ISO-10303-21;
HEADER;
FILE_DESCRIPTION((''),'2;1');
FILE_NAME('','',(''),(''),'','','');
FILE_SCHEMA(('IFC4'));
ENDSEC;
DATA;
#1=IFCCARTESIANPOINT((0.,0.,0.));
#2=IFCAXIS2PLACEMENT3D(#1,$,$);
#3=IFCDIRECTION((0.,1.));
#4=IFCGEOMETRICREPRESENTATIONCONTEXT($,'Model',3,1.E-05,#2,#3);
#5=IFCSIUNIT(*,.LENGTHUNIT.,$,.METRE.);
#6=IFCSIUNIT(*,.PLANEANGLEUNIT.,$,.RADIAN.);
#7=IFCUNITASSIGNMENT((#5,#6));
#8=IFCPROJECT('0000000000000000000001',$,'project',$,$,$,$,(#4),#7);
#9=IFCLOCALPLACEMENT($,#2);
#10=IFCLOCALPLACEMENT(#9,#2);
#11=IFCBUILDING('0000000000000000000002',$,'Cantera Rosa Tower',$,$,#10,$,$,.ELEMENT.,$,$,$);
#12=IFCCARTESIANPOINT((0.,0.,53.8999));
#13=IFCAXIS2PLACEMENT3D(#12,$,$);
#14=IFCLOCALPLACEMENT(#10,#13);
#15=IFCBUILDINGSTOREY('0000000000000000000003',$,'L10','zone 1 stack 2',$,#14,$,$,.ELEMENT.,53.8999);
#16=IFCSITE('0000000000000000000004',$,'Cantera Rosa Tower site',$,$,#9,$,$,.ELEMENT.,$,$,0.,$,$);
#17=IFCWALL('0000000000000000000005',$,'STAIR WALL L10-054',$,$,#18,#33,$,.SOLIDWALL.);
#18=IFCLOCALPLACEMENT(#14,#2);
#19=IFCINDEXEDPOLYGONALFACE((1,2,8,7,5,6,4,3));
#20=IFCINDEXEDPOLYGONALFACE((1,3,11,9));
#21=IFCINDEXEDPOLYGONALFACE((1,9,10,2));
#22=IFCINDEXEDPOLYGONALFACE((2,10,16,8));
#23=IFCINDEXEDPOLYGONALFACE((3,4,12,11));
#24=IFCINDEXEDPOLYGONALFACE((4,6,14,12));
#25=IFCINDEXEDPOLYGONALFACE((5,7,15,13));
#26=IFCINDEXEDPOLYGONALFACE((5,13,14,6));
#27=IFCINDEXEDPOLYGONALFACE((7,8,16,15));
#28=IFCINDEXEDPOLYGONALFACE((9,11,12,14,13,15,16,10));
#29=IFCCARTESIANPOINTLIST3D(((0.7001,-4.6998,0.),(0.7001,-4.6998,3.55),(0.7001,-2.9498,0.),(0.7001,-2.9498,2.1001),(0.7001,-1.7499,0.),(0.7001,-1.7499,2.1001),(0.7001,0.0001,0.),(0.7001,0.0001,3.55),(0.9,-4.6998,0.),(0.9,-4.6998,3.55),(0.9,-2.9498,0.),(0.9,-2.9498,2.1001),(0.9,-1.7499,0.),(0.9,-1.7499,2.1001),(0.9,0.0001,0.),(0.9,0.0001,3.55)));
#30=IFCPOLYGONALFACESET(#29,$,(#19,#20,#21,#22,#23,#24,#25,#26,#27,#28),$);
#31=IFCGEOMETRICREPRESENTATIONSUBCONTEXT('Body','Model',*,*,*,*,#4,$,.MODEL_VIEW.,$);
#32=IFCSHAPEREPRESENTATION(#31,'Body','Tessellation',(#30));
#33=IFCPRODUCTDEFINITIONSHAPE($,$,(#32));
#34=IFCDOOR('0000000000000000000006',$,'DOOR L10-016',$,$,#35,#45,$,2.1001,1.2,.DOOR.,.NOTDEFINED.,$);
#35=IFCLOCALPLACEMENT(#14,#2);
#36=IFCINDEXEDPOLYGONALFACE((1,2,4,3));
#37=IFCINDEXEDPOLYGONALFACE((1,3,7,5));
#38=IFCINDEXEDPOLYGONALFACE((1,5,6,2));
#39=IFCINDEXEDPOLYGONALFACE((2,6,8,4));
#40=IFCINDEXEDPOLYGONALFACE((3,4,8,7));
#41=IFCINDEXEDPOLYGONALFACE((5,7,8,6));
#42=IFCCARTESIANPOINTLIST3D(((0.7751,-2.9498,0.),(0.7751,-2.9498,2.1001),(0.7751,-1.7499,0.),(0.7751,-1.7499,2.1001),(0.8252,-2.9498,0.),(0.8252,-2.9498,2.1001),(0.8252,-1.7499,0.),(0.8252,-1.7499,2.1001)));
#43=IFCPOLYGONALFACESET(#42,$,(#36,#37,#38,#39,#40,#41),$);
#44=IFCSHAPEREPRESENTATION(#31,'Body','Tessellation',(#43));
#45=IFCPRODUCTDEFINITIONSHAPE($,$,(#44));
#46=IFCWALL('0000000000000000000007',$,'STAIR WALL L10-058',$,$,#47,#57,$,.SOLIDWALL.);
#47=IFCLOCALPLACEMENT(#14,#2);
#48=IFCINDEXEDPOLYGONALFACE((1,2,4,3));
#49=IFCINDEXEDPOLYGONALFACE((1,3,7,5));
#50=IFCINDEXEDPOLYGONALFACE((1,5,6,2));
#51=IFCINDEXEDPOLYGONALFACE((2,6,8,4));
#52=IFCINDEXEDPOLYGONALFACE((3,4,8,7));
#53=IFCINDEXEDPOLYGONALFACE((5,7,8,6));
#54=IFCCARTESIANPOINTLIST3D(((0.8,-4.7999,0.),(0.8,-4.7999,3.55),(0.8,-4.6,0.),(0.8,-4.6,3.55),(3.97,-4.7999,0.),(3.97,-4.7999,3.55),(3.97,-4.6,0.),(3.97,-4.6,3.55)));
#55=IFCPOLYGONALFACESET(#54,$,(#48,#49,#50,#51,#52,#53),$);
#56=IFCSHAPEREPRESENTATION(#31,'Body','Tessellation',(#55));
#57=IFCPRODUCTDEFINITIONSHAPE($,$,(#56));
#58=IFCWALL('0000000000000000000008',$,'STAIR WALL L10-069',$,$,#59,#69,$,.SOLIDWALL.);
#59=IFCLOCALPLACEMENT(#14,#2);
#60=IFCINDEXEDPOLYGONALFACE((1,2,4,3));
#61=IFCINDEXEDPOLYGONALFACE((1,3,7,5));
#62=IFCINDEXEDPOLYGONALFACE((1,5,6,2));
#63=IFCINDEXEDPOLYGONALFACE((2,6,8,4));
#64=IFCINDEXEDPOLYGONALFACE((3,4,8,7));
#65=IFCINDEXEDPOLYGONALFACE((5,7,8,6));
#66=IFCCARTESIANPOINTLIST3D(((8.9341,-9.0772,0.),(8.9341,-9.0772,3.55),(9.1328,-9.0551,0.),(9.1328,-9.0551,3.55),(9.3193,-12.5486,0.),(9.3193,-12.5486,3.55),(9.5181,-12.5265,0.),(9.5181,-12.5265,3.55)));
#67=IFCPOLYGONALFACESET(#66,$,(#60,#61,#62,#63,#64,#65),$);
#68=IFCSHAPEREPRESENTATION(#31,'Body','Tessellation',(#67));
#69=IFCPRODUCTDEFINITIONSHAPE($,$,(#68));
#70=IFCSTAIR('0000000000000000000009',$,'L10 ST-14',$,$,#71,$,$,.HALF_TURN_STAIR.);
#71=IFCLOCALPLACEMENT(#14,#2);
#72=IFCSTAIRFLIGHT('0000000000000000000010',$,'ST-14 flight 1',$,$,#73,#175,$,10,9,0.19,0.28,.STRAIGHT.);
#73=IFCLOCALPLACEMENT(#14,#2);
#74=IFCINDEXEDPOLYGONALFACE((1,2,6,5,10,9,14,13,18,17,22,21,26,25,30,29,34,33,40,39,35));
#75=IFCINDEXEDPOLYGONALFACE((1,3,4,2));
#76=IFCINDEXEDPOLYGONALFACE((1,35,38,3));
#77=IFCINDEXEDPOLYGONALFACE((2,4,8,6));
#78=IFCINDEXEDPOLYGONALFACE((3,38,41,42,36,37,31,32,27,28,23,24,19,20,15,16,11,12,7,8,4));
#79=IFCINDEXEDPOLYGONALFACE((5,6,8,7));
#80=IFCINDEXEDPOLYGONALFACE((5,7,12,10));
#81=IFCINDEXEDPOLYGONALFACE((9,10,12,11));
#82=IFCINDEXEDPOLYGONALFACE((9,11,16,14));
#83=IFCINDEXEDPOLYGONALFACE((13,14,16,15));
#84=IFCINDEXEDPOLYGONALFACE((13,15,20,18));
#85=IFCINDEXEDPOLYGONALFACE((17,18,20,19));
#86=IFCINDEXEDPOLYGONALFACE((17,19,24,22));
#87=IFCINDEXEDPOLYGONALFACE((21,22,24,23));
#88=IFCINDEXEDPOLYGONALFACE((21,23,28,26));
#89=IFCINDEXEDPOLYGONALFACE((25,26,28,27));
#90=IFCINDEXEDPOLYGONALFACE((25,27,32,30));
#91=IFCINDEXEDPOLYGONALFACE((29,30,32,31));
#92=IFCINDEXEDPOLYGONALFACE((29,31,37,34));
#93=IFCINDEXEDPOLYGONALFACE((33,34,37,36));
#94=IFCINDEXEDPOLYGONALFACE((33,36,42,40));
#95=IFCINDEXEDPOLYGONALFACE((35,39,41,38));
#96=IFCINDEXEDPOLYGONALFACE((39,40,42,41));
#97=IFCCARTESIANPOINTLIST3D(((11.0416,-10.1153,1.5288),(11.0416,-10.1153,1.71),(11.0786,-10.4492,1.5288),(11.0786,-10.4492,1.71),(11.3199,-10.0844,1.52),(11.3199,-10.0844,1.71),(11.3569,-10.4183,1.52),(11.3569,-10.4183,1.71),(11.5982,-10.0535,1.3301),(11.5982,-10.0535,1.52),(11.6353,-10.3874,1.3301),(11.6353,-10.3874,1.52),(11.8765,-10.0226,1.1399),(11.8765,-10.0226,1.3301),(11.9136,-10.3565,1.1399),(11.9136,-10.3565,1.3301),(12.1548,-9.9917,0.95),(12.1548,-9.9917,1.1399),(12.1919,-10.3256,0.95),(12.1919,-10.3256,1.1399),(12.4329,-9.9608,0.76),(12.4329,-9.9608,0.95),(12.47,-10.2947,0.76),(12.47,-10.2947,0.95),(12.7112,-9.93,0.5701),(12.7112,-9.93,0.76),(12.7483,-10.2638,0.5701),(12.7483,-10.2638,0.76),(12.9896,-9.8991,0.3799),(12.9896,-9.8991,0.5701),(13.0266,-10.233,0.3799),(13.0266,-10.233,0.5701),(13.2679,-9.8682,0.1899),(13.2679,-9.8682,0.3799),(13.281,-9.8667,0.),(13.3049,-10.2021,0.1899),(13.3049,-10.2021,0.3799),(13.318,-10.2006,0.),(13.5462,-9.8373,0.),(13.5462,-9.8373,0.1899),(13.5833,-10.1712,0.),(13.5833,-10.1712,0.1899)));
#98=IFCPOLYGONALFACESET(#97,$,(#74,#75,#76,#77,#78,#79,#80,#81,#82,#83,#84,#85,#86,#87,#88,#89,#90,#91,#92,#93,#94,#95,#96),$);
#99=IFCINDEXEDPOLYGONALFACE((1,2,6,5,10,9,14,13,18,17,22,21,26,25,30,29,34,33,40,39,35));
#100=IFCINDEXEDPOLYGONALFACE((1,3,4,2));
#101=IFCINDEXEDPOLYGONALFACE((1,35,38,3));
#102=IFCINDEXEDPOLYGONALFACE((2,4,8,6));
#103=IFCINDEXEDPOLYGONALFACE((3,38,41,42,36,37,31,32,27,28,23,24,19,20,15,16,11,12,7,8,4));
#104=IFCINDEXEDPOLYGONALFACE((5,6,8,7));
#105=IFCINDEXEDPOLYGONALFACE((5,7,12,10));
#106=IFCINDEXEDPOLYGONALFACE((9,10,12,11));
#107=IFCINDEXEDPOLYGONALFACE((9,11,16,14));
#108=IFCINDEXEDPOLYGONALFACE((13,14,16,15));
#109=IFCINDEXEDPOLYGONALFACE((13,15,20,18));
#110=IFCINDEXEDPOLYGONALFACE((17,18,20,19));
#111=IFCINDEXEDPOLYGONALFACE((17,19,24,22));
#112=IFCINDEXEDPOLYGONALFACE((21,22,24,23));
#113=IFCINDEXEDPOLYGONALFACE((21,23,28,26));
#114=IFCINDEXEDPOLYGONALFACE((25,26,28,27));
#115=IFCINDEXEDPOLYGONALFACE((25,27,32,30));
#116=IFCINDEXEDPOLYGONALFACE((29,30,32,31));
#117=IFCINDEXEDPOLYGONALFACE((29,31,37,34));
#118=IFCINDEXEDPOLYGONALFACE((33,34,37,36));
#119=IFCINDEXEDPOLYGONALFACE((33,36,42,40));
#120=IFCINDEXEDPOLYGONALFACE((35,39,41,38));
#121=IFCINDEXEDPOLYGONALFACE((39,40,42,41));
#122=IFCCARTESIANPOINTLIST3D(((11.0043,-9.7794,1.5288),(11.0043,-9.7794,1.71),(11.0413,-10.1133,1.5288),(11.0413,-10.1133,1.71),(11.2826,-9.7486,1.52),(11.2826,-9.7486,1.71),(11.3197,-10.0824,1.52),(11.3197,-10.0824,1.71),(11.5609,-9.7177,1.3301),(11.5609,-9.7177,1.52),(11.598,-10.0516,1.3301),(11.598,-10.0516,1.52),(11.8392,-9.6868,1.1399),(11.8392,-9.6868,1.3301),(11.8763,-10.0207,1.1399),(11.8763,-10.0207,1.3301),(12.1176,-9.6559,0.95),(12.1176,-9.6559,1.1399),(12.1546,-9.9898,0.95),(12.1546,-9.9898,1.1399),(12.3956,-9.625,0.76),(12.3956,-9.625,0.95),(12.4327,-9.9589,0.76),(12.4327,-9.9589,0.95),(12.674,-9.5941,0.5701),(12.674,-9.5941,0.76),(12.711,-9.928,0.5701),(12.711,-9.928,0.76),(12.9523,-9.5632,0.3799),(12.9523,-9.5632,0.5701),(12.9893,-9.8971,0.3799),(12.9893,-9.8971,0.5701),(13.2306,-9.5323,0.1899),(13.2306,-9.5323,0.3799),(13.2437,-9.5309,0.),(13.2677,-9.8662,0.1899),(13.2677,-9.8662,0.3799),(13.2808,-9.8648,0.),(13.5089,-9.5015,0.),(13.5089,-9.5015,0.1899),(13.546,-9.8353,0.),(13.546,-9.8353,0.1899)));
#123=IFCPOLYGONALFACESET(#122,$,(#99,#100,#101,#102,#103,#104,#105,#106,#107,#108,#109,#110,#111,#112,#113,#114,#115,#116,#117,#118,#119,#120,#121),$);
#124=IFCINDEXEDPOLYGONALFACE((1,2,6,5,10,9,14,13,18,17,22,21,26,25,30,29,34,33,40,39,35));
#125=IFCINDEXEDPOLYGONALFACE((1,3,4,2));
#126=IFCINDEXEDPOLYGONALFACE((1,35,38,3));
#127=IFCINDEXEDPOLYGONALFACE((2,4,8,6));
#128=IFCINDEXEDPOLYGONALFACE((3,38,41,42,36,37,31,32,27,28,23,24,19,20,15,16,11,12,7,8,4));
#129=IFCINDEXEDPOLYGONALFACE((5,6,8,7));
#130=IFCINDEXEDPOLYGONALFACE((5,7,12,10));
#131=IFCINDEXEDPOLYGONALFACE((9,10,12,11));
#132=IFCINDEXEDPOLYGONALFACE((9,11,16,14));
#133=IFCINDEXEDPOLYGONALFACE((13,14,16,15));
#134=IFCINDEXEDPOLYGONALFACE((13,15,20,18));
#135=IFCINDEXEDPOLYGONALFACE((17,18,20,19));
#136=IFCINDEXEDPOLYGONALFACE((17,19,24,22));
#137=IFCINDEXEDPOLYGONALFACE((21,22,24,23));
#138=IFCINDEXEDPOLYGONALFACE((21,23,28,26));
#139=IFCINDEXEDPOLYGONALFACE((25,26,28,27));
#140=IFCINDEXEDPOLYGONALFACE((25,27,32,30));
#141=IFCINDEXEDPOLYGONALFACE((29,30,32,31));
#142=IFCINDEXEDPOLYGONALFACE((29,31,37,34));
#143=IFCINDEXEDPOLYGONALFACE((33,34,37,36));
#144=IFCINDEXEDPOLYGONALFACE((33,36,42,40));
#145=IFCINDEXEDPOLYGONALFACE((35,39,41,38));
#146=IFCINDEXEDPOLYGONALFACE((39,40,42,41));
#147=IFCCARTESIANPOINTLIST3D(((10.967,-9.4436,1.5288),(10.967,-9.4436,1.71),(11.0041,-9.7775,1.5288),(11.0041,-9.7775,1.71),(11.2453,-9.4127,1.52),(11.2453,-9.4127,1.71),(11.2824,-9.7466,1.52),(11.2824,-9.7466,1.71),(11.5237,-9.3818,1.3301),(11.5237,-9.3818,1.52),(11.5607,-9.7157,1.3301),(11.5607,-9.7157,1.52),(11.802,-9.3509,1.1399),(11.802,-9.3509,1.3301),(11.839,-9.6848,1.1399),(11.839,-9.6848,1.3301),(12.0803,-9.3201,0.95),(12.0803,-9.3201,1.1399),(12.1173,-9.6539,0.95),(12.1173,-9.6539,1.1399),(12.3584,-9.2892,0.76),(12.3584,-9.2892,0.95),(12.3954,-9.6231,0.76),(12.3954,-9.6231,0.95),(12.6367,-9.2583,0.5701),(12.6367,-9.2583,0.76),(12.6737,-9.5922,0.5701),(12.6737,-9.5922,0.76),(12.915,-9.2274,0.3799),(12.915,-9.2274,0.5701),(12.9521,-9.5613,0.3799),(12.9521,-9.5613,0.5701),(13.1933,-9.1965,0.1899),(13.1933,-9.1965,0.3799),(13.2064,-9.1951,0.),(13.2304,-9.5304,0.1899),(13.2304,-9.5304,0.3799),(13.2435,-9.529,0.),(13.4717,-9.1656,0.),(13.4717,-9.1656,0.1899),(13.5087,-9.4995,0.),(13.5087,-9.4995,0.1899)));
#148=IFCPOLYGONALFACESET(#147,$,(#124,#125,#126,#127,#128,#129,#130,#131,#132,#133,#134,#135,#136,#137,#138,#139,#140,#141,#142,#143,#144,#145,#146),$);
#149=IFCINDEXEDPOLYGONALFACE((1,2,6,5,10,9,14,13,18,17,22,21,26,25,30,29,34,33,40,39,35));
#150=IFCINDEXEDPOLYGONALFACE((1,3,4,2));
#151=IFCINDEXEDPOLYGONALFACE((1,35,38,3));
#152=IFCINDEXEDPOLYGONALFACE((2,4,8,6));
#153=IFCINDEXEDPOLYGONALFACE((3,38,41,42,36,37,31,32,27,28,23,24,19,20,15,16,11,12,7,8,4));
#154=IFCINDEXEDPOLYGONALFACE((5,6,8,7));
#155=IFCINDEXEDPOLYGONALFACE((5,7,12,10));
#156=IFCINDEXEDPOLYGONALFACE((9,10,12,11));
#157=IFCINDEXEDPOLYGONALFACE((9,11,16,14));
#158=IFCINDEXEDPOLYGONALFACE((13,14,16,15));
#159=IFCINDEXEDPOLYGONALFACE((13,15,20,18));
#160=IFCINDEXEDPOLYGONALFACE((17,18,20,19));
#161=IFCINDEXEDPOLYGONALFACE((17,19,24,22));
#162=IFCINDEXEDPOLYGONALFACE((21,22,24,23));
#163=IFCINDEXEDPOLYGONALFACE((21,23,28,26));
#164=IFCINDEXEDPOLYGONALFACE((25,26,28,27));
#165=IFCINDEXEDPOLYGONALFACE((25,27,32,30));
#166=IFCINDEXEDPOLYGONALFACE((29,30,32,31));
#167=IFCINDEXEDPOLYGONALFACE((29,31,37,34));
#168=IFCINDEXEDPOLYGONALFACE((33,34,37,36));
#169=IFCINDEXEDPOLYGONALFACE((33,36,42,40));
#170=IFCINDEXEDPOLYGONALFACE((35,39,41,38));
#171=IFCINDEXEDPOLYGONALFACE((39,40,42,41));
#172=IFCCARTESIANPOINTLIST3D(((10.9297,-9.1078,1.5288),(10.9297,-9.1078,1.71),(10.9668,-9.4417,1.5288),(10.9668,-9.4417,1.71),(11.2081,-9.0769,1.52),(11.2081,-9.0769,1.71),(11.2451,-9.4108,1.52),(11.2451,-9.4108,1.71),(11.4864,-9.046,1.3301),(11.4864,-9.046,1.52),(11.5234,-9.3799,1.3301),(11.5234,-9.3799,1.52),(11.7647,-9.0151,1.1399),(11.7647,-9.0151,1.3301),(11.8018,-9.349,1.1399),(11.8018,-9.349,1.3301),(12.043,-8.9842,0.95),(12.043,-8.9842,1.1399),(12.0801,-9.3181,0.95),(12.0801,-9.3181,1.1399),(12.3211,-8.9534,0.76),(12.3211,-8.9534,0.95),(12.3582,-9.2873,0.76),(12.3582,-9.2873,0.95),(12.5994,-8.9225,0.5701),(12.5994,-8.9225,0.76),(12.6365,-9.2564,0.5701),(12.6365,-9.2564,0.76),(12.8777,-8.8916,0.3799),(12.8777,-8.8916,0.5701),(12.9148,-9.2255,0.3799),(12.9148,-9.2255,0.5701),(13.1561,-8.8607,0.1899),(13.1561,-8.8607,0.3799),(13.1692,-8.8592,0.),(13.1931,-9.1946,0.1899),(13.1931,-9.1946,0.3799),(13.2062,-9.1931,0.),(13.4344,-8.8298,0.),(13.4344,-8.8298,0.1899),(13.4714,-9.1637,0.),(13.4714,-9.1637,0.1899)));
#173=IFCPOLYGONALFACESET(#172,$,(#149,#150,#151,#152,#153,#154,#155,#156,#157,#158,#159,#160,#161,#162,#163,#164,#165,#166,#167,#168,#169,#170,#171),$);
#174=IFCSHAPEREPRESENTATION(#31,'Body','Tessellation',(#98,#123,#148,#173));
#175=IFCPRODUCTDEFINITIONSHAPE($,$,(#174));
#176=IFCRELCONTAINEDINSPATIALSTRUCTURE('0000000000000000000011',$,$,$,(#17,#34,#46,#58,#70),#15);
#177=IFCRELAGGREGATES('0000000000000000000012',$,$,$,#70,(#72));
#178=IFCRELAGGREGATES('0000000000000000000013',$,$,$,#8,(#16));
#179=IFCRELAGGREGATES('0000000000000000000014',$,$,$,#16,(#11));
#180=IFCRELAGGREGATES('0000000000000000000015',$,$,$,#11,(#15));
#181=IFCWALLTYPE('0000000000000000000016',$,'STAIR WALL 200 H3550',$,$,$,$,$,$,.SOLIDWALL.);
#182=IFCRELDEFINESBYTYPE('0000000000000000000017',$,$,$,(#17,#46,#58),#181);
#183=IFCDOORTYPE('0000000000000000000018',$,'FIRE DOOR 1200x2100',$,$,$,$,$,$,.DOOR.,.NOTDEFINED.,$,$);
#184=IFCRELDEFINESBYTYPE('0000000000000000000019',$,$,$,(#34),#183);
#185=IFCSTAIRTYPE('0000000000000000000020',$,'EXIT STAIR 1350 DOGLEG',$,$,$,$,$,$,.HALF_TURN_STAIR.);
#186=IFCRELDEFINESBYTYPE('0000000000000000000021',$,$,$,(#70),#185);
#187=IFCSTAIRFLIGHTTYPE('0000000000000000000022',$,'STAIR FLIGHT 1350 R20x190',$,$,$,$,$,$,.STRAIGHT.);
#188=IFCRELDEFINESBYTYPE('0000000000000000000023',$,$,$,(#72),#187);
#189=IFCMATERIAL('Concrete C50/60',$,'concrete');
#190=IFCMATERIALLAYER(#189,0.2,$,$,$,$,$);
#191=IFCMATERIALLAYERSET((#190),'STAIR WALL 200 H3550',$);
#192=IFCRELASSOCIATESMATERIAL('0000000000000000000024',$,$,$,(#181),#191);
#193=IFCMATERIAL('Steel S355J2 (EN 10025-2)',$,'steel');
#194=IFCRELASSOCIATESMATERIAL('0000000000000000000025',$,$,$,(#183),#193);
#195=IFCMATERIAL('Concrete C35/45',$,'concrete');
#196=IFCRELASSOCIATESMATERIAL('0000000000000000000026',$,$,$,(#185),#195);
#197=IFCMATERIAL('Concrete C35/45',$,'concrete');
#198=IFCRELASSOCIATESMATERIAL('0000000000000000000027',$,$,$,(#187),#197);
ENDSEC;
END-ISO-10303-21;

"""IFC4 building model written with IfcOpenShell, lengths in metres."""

from ifc_helpers import new_model, si_unit, direction, frame, frame_2d, origin, place, context, subcontext, project, spatial, polyline, rectangle, outline, extrude, material, layer, layer_set, type_object, element, fill, aggregate, save


model = new_model("IFC4")

# Units and contexts
model_context = context("Model", 3, precision=1e-05, world=origin(), true_north=direction((0.0, 1.0)))
body_context = subcontext(model_context, "Body", "Model", "MODEL_VIEW")
ifc_project = project(units=[si_unit("LENGTHUNIT", "METRE"), si_unit("PLANEANGLEUNIT", "RADIAN")], contexts=[model_context])

# Site, building, storey
site_placement = place(None, origin())
site = spatial("IfcSite", under=ifc_project, at=site_placement, Name="Cantera Rosa Tower site", CompositionType="ELEMENT", RefElevation=0.0)
building_placement = place(site_placement, origin())
building = spatial("IfcBuilding", under=site, at=building_placement, Name="Cantera Rosa Tower", CompositionType="ELEMENT")
storey_placement = place(building_placement, frame((0.0, 0.0, 53.8999)))
storey = spatial("IfcBuildingStorey", under=building, at=storey_placement, Name="L10", Description="zone 1 stack 2", CompositionType="ELEMENT", Elevation=53.8999)

# Wall, opening, door
ifc_material_1 = material(Name="Concrete C50/60", Category="concrete")
ifc_layer_1 = layer(ifc_material_1, 0.2)
ifc_layer_set_1 = layer_set([ifc_layer_1], Name="STAIR WALL 200 H3550")
wall_type_1 = type_object("IfcWallType", Name="STAIR WALL 200 H3550", PredefinedType="SOLIDWALL", material=ifc_layer_set_1)
wall_1_placement = place(storey_placement, frame((0.8, -4.7, 0.0), z_axis=(0.0, 0.0, 1.0), x_axis=(0.0, 1.0, 0.0)))
wall_1 = element("IfcWall", 1, at=wall_1_placement, inside=storey, type_object=wall_type_1, Name="STAIR WALL L10-054", PredefinedType="SOLIDWALL", context=body_context, shape_type="SweptSolid", body=[
    extrude(rectangle(XDim=4.7, YDim=0.2, at=frame_2d((2.3501, 0.0))), origin(), (0.0, 0.0, 1.0), 3.55),
])
opening_1_placement = place(wall_1_placement, frame((1.75, 0.0, 0.0)))
opening_1 = element("IfcOpeningElement", 2, at=opening_1_placement, cuts=wall_1, PredefinedType="OPENING", context=body_context, shape_type="SweptSolid", body=[
    extrude(rectangle(XDim=1.2, YDim=2.1001, at=frame_2d((0.6001, 1.05))), frame((0.0, 0.1099, 0.0), z_axis=(0.0, -1.0, 0.0), x_axis=(1.0, 0.0, 0.0)), (0.0, 0.0, 1.0), 0.22),
])
ifc_material_2 = material(Name="Steel S355J2 (EN 10025-2)", Category="steel")
door_type_1 = type_object("IfcDoorType", Name="FIRE DOOR 1200x2100", OperationType="NOTDEFINED", PredefinedType="DOOR", material=ifc_material_2)
door_1_placement = place(opening_1_placement, origin())
door_1 = element("IfcDoor", 3, at=door_1_placement, inside=storey, type_object=door_type_1, Name="DOOR L10-016", OperationType="NOTDEFINED", OverallHeight=2.1001, OverallWidth=1.2, PredefinedType="DOOR", context=body_context, shape_type="SweptSolid", body=[
    extrude(rectangle(XDim=1.2, YDim=2.1001, at=frame_2d((0.6001, 1.05))), frame((0.0, 0.0249, 0.0), z_axis=(0.0, -1.0, 0.0), x_axis=(1.0, 0.0, 0.0)), (0.0, 0.0, 1.0), 0.05),
])
fill(opening_1, door_1)

# Walls
wall_2_placement = place(storey_placement, frame((3.97, -4.7, 0.0), z_axis=(0.0, 0.0, 1.0), x_axis=(-1.0, 0.0, 0.0)))
element("IfcWall", 4, at=wall_2_placement, inside=storey, type_object=wall_type_1, Name="STAIR WALL L10-058", PredefinedType="SOLIDWALL", context=body_context, shape_type="SweptSolid", body=[
    extrude(rectangle(XDim=3.1699, YDim=0.2, at=frame_2d((1.585, 0.0))), origin(), (0.0, 0.0, 1.0), 3.55),
])
wall_3_placement = place(storey_placement, frame((9.0334, -9.0662, 0.0), z_axis=(0.0, 0.0, 1.0), x_axis=(0.110301, -0.993898, 0.0)))
element("IfcWall", 5, at=wall_3_placement, inside=storey, type_object=wall_type_1, Name="STAIR WALL L10-069", PredefinedType="SOLIDWALL", context=body_context, shape_type="SweptSolid", body=[
    extrude(rectangle(XDim=3.4927, YDim=0.2, at=frame_2d((1.7463, 0.0))), origin(), (0.0, 0.0, 1.0), 3.55),
])

# Stair, stair flight
ifc_material_3 = material(Name="Concrete C35/45", Category="concrete")
stair_type = type_object("IfcStairType", Name="EXIT STAIR 1350 DOGLEG", PredefinedType="HALF_TURN_STAIR", material=ifc_material_3)
stair_placement = place(storey_placement, origin())
stair = element("IfcStair", 6, at=stair_placement, inside=storey, type_object=stair_type, Name="L10 ST-14", PredefinedType="HALF_TURN_STAIR")
ifc_material_4 = material(Name="Concrete C35/45", Category="concrete")
stair_flight_type = type_object("IfcStairFlightType", Name="STAIR FLIGHT 1350 R20x190", PredefinedType="STRAIGHT", material=ifc_material_4)
stair_flight_1_placement = place(storey_placement, frame((13.5088, -9.5002, 0.0), z_axis=(0.0, 0.0, 1.0), x_axis=(-0.993897, -0.110313, 0.0)))
stair_flight_1 = element("IfcStairFlight", 7, at=stair_flight_1_placement, type_object=stair_flight_type, Name="ST-14 flight 1", NumberOfRisers=10, NumberOfTreads=9, PredefinedType="STRAIGHT", RiserHeight=0.19, TreadLength=0.28, context=body_context, shape_type="SweptSolid", body=[
    extrude(outline(polyline([(0.0, 0.0), (0.0, 0.1899), (0.28, 0.1899), (0.28, 0.3799), (0.5601, 0.3799), (0.5601, 0.5701), (0.8401, 0.5701), (0.8401, 0.76), (1.1201, 0.76), (1.1201, 0.95), (1.3999, 0.95), (1.3999, 1.1399), (1.6799, 1.1399), (1.6799, 1.3301), (1.96, 1.3301), (1.96, 1.52), (2.24, 1.52), (2.24, 1.71), (2.52, 1.71), (2.52, 1.8999), (2.52, 1.5288), (0.2668, 0.0), (0.0, 0.0)])), frame((0.0, 0.675, 0.0), z_axis=(0.0, -1.0, 0.0), x_axis=(1.0, 0.0, 0.0)), (0.0, 0.0, 1.0), 0.3359),
    extrude(outline(polyline([(0.0, 0.0), (0.0, 0.1899), (0.28, 0.1899), (0.28, 0.3799), (0.5601, 0.3799), (0.5601, 0.5701), (0.8401, 0.5701), (0.8401, 0.76), (1.1201, 0.76), (1.1201, 0.95), (1.3999, 0.95), (1.3999, 1.1399), (1.6799, 1.1399), (1.6799, 1.3301), (1.96, 1.3301), (1.96, 1.52), (2.24, 1.52), (2.24, 1.71), (2.52, 1.71), (2.52, 1.8999), (2.52, 1.5288), (0.2668, 0.0), (0.0, 0.0)])), frame((0.0, 0.3372, 0.0), z_axis=(0.0, -1.0, 0.0), x_axis=(1.0, 0.0, 0.0)), (0.0, 0.0, 1.0), 0.3359),
    extrude(outline(polyline([(0.0, 0.0), (0.0, 0.1899), (0.28, 0.1899), (0.28, 0.3799), (0.5601, 0.3799), (0.5601, 0.5701), (0.8401, 0.5701), (0.8401, 0.76), (1.1201, 0.76), (1.1201, 0.95), (1.3999, 0.95), (1.3999, 1.1399), (1.6799, 1.1399), (1.6799, 1.3301), (1.96, 1.3301), (1.96, 1.52), (2.24, 1.52), (2.24, 1.71), (2.52, 1.71), (2.52, 1.8999), (2.52, 1.5288), (0.2668, 0.0), (0.0, 0.0)])), frame((0.0, -0.0007, 0.0), z_axis=(0.0, -1.0, 0.0), x_axis=(1.0, 0.0, 0.0)), (0.0, 0.0, 1.0), 0.3359),
    extrude(outline(polyline([(0.0, 0.0), (0.0, 0.1899), (0.28, 0.1899), (0.28, 0.3799), (0.5601, 0.3799), (0.5601, 0.5701), (0.8401, 0.5701), (0.8401, 0.76), (1.1201, 0.76), (1.1201, 0.95), (1.3999, 0.95), (1.3999, 1.1399), (1.6799, 1.1399), (1.6799, 1.3301), (1.96, 1.3301), (1.96, 1.52), (2.24, 1.52), (2.24, 1.71), (2.52, 1.71), (2.52, 1.8999), (2.52, 1.5288), (0.2668, 0.0), (0.0, 0.0)])), frame((0.0, -0.3386, 0.0), z_axis=(0.0, -1.0, 0.0), x_axis=(1.0, 0.0, 0.0)), (0.0, 0.0, 1.0), 0.3359),
])
aggregate(stair, [stair_flight_1])

save(model, "model.ifc")
